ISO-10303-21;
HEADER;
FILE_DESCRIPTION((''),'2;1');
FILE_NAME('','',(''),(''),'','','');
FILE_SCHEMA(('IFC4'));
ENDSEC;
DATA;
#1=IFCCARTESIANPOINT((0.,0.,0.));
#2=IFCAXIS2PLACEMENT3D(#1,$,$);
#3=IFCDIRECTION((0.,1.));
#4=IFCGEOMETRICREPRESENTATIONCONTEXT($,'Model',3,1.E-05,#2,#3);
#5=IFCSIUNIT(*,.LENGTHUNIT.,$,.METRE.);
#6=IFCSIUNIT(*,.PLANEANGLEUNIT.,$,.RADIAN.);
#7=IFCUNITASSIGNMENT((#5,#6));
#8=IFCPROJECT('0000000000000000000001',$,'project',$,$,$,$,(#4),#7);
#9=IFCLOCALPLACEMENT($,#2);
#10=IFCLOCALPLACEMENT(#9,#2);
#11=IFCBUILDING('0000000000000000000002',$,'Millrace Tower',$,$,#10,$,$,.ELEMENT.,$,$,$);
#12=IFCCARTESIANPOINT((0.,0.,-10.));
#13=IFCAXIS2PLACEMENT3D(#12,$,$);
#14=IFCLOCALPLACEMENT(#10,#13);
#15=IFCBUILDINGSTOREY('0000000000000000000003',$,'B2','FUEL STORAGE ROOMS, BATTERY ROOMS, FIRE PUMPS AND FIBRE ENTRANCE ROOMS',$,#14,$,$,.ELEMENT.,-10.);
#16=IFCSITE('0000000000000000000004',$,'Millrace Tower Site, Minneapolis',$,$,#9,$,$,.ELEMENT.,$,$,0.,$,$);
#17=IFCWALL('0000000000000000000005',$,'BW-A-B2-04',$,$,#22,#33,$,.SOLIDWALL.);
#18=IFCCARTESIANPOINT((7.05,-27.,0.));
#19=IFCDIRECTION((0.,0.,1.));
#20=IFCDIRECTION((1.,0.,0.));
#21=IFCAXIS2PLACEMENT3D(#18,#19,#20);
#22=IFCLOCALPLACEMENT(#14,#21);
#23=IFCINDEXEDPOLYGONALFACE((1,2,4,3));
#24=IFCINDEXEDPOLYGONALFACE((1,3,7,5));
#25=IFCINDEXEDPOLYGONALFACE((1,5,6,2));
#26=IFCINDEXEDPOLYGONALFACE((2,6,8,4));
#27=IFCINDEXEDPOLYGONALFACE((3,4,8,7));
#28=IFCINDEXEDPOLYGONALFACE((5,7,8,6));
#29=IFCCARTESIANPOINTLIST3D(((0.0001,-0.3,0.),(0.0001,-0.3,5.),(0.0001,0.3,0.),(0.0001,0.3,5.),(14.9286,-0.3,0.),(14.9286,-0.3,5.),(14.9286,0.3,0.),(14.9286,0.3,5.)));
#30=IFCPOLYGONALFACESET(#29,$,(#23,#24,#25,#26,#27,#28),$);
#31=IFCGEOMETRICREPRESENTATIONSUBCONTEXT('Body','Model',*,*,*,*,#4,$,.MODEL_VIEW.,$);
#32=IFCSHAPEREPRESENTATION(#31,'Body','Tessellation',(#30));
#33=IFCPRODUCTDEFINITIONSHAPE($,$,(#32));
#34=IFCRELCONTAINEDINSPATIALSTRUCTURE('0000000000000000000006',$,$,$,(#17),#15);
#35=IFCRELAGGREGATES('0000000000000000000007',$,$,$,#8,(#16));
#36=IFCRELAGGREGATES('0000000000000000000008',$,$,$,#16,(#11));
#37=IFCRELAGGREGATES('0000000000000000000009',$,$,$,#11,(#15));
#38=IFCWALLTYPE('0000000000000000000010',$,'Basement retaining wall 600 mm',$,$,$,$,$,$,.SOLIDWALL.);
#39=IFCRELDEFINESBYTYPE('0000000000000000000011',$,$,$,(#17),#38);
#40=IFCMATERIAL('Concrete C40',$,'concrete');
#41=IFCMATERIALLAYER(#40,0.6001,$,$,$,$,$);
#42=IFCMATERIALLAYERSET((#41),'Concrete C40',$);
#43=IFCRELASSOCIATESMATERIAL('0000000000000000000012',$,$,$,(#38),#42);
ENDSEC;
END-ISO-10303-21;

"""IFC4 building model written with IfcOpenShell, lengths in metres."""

from ifc_helpers import new_model, si_unit, direction, frame, frame_2d, origin, place, context, subcontext, project, spatial, rectangle, extrude, material, layer, layer_set, type_object, element, save


model = new_model("IFC4")

# Units and contexts
model_context = context("Model", 3, precision=1e-05, world=origin(), true_north=direction((0.0, 1.0)))
body_context = subcontext(model_context, "Body", "Model", "MODEL_VIEW")
ifc_project = project(units=[si_unit("LENGTHUNIT", "METRE"), si_unit("PLANEANGLEUNIT", "RADIAN")], contexts=[model_context])

# Site, building, storey
site_placement = place(None, origin())
site = spatial("IfcSite", under=ifc_project, at=site_placement, Name="Millrace Tower Site, Minneapolis", CompositionType="ELEMENT", RefElevation=0.0)
building_placement = place(site_placement, origin())
building = spatial("IfcBuilding", under=site, at=building_placement, Name="Millrace Tower", CompositionType="ELEMENT")
storey_placement = place(building_placement, frame((0.0, 0.0, -10.0)))
storey = spatial("IfcBuildingStorey", under=building, at=storey_placement, Name="B2", Description="FUEL STORAGE ROOMS, BATTERY ROOMS, FIRE PUMPS AND FIBRE ENTRANCE ROOMS", CompositionType="ELEMENT", Elevation=-10.0)

# Shared definitions
placement_1 = place(storey_placement, frame((7.05, -27.0, 0.0), z_axis=(0.0, 0.0, 1.0), x_axis=(1.0, 0.0, 0.0)))

# Wall
ifc_material_1 = material(Name="Concrete C40", Category="concrete")
ifc_layer_1 = layer(ifc_material_1, 0.6001)
ifc_layer_set_1 = layer_set([ifc_layer_1], Name="Concrete C40")
wall_type_1 = type_object("IfcWallType", Name="Basement retaining wall 600 mm", PredefinedType="SOLIDWALL", material=ifc_layer_set_1)
element("IfcWall", 1, at=placement_1, inside=storey, type_object=wall_type_1, Name="BW-A-B2-04", PredefinedType="SOLIDWALL", context=body_context, shape_type="SweptSolid", body=[
    extrude(rectangle(XDim=14.9285, YDim=0.6001, at=frame_2d((7.4644, 0.0))), origin(), (0.0, 0.0, 1.0), 5.0),
])

save(model, "model.ifc")
